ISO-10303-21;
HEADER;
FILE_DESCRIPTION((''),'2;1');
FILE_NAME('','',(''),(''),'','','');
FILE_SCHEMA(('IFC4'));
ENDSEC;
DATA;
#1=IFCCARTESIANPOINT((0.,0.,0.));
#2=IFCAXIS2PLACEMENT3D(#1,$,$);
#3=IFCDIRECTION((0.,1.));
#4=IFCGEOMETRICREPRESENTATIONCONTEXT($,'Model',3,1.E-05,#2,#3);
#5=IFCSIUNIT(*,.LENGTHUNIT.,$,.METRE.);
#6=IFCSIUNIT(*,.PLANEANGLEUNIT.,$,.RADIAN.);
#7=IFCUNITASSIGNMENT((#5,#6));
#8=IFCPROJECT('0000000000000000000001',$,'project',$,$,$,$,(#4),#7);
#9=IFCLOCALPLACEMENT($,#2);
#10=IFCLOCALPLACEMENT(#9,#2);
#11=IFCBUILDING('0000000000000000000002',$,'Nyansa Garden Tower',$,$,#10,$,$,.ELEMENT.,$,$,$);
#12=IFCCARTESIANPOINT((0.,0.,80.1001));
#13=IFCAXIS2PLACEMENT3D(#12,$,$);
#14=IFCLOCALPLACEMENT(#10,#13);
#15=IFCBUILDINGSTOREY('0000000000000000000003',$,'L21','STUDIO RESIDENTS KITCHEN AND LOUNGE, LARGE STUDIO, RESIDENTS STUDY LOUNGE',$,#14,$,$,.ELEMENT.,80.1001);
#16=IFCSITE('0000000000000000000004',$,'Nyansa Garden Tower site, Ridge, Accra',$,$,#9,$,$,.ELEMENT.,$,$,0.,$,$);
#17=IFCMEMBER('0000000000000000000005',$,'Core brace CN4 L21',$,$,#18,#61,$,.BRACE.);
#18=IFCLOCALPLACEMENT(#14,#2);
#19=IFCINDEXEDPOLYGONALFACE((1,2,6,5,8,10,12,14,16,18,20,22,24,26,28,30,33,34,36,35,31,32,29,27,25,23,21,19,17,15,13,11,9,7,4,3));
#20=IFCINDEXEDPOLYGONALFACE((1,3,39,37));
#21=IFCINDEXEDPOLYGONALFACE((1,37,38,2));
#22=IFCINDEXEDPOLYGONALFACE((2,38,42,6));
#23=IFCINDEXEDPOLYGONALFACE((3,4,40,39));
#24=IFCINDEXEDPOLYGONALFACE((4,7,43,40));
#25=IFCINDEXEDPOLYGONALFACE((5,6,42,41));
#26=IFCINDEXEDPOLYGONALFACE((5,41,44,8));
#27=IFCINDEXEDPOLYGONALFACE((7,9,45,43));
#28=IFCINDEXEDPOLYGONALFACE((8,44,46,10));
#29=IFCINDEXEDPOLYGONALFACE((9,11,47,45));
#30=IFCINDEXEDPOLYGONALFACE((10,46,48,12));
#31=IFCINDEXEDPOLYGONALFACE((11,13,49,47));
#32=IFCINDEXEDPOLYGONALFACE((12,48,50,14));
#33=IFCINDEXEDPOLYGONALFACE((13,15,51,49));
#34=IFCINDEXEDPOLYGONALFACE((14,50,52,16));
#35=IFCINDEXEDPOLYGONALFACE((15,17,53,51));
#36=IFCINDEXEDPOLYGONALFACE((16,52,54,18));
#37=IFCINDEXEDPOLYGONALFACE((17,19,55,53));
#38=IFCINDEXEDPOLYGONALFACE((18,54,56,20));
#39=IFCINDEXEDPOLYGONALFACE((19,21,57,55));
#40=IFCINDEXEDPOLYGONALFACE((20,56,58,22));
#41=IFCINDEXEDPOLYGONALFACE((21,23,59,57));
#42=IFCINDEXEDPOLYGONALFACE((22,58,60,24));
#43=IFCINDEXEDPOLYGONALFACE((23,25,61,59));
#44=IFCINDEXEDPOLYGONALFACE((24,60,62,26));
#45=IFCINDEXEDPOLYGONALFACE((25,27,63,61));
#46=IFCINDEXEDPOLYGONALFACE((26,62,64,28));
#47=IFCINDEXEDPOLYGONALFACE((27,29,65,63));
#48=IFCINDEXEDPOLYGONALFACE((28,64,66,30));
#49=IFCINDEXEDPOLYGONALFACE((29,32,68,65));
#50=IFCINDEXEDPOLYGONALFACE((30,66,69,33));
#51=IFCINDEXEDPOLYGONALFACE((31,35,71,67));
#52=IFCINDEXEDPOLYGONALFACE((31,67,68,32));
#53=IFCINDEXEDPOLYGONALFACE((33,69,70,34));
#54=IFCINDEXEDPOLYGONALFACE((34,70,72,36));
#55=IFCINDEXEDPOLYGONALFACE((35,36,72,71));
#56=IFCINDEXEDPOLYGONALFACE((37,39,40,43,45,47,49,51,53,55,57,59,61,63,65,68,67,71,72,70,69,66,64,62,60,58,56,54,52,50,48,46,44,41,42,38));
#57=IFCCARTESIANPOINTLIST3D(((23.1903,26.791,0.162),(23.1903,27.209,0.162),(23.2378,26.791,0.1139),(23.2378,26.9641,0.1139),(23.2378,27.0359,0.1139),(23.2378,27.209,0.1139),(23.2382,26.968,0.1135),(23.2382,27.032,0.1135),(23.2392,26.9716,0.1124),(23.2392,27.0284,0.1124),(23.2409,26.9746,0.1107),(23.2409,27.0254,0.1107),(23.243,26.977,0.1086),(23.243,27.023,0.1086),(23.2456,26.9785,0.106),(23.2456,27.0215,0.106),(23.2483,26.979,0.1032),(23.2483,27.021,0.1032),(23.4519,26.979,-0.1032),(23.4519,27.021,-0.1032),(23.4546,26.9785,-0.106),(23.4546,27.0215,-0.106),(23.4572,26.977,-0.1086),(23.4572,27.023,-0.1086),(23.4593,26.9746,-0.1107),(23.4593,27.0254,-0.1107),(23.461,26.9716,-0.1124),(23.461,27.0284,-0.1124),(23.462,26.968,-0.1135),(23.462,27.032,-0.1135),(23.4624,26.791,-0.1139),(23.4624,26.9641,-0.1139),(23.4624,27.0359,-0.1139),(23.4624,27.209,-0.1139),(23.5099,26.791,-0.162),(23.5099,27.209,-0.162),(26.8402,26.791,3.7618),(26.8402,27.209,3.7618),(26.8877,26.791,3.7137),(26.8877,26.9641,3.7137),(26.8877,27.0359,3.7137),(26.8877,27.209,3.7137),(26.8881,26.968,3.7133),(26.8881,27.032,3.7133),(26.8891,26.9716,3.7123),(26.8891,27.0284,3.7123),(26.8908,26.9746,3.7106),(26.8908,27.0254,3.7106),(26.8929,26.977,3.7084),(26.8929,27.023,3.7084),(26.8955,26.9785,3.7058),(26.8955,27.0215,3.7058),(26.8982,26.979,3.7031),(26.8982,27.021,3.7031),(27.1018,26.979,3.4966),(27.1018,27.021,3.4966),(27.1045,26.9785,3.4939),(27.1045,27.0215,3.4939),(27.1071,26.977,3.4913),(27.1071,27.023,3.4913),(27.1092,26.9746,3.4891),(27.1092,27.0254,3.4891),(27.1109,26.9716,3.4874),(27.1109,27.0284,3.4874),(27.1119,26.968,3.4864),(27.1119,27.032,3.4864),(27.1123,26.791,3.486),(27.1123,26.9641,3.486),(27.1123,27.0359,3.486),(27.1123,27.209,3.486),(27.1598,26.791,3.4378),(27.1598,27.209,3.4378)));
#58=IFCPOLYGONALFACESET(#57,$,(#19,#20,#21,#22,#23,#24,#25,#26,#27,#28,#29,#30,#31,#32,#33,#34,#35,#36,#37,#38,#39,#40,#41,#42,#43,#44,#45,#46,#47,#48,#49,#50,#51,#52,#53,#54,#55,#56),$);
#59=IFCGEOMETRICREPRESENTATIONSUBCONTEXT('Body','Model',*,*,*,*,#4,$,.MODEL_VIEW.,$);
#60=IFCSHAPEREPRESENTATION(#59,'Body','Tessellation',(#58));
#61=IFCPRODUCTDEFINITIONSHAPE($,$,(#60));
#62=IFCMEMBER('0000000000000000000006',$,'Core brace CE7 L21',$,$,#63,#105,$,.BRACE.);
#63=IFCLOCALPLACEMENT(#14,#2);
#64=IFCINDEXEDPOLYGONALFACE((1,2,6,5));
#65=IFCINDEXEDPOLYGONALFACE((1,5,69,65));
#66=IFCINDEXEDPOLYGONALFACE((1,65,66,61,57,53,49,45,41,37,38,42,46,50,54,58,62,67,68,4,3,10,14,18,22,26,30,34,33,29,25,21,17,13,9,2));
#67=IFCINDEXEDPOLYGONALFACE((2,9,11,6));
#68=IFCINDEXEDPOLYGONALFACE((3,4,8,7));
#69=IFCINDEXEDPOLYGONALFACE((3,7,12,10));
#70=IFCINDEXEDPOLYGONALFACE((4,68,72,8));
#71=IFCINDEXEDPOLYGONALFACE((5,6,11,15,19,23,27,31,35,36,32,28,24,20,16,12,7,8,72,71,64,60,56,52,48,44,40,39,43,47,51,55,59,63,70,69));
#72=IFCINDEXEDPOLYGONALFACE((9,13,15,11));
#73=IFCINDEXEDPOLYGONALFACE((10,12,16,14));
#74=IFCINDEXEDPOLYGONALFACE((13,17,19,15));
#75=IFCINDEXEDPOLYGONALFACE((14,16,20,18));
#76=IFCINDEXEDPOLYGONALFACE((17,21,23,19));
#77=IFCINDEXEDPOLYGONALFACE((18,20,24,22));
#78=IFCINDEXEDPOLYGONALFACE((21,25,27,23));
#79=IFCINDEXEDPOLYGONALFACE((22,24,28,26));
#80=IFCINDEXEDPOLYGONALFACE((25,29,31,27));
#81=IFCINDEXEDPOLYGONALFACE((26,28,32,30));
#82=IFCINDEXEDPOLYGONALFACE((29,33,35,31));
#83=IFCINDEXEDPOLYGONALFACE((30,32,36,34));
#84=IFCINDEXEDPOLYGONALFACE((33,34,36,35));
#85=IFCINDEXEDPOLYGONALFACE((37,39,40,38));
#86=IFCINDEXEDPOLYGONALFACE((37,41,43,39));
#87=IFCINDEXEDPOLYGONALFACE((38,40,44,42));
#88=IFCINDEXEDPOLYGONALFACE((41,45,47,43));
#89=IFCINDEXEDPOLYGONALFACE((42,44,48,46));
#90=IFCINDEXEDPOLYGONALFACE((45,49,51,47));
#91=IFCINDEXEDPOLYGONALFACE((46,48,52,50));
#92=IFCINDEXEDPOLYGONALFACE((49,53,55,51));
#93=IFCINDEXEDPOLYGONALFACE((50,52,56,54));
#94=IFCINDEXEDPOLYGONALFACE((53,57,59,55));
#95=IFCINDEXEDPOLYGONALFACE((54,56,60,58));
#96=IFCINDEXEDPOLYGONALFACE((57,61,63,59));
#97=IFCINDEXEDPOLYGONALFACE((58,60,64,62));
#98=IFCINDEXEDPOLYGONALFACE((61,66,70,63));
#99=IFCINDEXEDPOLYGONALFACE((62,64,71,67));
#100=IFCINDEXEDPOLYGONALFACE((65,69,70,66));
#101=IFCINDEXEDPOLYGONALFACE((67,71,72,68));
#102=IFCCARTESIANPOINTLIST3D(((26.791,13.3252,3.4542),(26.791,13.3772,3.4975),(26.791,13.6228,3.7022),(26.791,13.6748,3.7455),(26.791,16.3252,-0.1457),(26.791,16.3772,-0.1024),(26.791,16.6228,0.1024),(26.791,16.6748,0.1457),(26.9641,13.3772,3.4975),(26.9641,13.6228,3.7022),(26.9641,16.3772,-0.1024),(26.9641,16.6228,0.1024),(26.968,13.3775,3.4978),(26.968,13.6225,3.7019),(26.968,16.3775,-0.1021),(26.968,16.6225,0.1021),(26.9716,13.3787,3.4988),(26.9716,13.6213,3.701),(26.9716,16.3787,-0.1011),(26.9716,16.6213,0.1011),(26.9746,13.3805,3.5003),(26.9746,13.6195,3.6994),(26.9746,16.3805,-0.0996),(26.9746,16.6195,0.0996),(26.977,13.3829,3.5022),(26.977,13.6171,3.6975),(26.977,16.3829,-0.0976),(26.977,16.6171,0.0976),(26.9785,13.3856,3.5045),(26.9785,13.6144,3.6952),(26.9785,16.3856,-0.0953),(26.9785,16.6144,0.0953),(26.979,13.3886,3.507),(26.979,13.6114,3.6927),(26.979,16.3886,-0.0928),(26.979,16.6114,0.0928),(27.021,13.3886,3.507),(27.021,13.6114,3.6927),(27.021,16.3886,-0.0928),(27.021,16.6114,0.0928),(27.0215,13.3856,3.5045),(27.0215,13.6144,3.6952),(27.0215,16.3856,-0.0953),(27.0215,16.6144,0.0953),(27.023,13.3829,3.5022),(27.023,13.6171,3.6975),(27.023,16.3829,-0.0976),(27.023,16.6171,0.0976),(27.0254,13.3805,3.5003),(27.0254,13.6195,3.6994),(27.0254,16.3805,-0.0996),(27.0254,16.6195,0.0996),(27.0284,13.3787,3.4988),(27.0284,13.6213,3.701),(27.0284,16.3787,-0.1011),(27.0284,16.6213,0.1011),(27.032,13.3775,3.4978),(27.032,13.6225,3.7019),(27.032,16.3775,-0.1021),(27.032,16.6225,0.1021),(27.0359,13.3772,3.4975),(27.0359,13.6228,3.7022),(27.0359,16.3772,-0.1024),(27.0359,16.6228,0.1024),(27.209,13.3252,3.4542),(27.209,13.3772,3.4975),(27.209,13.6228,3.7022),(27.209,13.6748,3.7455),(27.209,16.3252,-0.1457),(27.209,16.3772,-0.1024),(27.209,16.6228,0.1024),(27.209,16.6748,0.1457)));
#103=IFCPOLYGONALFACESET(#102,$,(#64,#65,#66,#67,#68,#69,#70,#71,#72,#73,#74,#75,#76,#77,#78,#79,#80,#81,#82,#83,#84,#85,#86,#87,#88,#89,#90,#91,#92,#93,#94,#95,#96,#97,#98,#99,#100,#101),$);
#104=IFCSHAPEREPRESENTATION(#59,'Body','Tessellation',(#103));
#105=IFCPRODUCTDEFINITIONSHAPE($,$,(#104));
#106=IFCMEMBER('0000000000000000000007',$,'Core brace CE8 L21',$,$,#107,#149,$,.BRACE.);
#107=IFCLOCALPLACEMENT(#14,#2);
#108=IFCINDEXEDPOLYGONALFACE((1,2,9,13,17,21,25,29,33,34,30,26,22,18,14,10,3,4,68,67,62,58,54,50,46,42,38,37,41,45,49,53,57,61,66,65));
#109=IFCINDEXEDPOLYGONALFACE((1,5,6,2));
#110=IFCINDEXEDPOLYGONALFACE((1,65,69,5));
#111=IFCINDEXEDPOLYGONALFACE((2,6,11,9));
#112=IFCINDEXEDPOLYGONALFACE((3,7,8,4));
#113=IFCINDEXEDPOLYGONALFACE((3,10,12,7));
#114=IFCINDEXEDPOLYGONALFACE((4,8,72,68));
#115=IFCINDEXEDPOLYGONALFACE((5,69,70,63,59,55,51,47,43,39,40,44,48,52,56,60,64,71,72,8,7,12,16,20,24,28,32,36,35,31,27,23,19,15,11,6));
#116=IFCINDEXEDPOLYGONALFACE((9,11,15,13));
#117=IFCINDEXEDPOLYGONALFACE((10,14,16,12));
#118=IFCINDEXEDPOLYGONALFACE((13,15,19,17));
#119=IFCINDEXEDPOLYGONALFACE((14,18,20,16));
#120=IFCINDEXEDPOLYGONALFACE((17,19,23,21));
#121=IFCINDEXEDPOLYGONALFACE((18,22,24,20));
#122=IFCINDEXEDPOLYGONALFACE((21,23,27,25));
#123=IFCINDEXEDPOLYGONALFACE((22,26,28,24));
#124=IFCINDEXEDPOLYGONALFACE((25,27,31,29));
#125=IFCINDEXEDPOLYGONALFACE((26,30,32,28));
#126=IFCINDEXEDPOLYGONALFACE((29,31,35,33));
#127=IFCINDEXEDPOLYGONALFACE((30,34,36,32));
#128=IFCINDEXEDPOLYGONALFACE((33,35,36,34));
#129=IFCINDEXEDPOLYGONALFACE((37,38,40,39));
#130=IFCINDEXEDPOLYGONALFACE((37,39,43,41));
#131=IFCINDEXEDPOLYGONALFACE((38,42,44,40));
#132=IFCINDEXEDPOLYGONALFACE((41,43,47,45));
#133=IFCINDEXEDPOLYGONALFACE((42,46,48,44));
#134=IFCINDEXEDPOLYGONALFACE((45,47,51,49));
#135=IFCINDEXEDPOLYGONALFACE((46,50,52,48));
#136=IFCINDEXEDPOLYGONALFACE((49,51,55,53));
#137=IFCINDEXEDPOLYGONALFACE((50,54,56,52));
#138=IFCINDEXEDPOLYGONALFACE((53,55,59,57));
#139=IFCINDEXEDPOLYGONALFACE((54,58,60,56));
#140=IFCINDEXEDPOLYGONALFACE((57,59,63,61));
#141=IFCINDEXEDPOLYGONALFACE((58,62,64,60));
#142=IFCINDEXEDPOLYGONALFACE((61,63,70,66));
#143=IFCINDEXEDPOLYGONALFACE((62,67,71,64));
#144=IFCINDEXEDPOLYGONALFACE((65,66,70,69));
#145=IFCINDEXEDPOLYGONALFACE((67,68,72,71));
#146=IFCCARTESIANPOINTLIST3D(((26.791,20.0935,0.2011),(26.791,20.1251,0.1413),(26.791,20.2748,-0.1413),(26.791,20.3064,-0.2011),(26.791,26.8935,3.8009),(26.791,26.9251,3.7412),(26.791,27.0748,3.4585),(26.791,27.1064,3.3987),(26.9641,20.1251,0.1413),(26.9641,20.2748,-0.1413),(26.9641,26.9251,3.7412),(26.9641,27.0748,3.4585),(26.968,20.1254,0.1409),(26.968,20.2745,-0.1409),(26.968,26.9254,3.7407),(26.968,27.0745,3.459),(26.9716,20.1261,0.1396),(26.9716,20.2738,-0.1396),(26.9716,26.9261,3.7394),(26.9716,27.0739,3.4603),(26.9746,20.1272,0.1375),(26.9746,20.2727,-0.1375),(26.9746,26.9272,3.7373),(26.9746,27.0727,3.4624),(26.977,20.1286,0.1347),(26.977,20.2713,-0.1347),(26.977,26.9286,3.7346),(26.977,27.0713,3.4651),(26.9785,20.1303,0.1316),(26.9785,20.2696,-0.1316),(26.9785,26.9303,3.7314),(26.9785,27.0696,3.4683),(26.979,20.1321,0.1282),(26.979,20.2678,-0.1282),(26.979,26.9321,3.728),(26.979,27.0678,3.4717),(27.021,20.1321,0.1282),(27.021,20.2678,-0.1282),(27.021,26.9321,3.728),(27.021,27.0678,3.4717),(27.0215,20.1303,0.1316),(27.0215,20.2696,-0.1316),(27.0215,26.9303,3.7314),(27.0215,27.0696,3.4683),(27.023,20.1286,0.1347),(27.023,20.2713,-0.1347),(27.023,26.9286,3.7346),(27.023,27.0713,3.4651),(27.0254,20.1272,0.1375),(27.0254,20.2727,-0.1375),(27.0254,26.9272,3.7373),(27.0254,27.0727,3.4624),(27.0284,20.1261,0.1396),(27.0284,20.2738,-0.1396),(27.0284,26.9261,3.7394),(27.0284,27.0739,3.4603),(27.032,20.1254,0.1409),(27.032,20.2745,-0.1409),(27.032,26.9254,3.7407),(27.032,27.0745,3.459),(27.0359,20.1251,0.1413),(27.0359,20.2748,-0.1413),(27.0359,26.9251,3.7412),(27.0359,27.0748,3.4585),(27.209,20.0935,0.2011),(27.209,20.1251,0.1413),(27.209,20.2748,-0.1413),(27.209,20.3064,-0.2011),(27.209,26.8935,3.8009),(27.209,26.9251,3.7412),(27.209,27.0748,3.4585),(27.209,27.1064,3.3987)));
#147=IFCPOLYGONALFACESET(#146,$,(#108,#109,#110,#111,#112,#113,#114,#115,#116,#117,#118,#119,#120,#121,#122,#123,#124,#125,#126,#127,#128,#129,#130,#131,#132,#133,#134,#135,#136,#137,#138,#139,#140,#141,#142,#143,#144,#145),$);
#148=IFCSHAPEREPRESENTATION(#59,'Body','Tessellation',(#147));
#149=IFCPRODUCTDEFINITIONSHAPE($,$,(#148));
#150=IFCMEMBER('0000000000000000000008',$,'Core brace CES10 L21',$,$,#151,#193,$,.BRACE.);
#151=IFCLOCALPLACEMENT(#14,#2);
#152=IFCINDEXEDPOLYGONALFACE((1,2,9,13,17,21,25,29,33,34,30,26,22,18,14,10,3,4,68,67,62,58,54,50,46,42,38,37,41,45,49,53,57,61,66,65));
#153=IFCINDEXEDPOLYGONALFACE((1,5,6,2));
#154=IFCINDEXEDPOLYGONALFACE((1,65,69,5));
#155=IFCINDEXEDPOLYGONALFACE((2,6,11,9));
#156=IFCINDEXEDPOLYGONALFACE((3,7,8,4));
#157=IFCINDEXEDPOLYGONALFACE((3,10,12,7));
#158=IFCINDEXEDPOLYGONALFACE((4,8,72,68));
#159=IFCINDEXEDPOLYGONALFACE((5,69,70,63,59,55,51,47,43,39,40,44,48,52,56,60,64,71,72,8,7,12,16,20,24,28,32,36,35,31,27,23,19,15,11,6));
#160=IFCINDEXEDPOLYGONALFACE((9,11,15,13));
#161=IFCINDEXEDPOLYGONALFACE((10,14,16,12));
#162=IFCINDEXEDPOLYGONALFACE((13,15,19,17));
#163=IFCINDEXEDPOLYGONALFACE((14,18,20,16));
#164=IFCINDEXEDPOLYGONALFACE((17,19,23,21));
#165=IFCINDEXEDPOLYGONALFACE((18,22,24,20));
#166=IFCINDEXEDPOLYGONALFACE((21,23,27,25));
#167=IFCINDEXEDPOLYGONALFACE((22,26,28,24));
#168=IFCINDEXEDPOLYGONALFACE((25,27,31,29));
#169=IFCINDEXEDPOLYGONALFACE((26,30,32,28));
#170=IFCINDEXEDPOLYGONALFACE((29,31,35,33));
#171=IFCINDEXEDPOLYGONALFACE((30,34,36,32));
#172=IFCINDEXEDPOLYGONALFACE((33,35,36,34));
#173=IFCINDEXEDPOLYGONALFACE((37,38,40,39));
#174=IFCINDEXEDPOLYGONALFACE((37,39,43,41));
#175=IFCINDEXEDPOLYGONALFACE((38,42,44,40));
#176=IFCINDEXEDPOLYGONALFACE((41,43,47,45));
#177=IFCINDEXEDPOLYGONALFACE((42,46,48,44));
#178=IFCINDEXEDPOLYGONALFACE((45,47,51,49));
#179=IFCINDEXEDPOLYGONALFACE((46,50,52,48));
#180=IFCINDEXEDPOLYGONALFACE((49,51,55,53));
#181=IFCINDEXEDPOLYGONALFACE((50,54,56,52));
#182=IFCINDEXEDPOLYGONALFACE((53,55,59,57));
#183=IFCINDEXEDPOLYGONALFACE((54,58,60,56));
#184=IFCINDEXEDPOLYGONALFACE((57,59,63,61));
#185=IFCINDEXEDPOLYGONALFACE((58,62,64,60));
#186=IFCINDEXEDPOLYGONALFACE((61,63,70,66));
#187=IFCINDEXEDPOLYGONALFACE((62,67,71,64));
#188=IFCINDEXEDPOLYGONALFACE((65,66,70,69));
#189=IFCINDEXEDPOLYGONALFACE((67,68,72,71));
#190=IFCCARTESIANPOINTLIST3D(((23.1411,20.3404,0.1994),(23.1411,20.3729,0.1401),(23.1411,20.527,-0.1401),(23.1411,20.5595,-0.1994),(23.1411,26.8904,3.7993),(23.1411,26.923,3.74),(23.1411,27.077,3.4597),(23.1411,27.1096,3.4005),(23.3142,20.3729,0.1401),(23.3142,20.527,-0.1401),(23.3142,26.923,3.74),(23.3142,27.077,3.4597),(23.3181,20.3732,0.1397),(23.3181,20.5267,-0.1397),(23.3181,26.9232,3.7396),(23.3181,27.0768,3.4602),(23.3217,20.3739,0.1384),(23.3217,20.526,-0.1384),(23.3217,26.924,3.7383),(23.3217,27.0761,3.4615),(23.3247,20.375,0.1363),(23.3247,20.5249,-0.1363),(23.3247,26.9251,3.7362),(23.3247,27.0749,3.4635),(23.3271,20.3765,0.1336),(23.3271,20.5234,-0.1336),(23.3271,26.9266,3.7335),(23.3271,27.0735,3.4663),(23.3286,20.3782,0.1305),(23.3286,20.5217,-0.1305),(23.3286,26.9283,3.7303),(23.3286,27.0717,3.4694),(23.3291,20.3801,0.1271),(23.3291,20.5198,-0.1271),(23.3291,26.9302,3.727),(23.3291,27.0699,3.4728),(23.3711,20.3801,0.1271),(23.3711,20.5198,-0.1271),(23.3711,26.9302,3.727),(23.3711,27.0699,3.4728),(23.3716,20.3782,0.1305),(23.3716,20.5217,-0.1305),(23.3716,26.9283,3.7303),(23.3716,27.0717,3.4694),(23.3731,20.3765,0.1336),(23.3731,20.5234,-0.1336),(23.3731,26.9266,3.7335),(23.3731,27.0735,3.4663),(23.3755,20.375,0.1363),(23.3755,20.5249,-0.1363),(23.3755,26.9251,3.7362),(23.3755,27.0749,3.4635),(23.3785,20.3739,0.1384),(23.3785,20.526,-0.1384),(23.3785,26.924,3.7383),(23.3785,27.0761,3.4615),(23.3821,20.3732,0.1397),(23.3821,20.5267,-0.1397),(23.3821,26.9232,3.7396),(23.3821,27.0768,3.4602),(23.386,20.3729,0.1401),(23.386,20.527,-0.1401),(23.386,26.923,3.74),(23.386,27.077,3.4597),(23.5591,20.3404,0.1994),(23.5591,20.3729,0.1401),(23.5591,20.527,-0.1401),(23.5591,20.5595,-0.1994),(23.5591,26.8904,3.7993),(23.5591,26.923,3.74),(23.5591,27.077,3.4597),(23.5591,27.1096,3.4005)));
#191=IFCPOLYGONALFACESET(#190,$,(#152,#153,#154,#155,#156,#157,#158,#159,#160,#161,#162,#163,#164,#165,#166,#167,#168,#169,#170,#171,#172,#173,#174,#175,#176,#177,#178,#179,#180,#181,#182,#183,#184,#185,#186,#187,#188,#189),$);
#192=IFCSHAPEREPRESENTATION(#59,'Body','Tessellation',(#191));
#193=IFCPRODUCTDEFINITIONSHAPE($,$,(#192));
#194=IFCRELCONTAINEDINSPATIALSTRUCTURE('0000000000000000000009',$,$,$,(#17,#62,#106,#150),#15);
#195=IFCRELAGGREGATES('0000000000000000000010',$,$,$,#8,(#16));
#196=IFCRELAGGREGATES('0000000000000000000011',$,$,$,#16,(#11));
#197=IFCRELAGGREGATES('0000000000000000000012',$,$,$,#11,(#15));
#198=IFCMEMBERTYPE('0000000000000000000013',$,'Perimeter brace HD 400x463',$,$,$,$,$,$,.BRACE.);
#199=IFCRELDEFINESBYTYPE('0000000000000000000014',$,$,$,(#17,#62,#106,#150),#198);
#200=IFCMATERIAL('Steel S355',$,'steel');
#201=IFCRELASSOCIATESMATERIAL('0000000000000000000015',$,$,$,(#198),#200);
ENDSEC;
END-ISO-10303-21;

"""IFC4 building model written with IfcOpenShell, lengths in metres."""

from ifc_helpers import new_model, si_unit, direction, frame, origin, origin_2d, place, context, subcontext, project, spatial, i_section, extrude, material, material_profile, profile_set, type_object, element, save


model = new_model("IFC4")

# Units and contexts
model_context = context("Model", 3, precision=1e-05, world=origin(), true_north=direction((0.0, 1.0)))
body_context = subcontext(model_context, "Body", "Model", "MODEL_VIEW")
ifc_project = project(units=[si_unit("LENGTHUNIT", "METRE"), si_unit("PLANEANGLEUNIT", "RADIAN")], contexts=[model_context])

# Site, building, storey
site_placement = place(None, origin())
site = spatial("IfcSite", under=ifc_project, at=site_placement, Name="Nyansa Garden Tower site, Ridge, Accra", CompositionType="ELEMENT", RefElevation=0.0)
building_placement = place(site_placement, origin())
building = spatial("IfcBuilding", under=site, at=building_placement, Name="Nyansa Garden Tower", CompositionType="ELEMENT")
storey_placement = place(building_placement, frame((0.0, 0.0, 80.1001)))
storey = spatial("IfcBuildingStorey", under=building, at=storey_placement, Name="L21", Description="STUDIO RESIDENTS KITCHEN AND LOUNGE, LARGE STUDIO, RESIDENTS STUDY LOUNGE", CompositionType="ELEMENT", Elevation=80.1001)

# Members
ifc_material_1 = material(Name="Steel S355", Category="steel")
ifc_material_profile_1 = material_profile(ifc_material_1, i_section(OverallWidth=0.418, OverallDepth=0.4551, WebThickness=0.042, FlangeThickness=0.0676, FilletRadius=0.0149, at=origin_2d()), Name="HD 400x463")
ifc_profile_set_1 = profile_set([ifc_material_profile_1], Name="Steel S355")
member_type = type_object("IfcMemberType", Name="Perimeter brace HD 400x463", PredefinedType="BRACE", material=ifc_profile_set_1)
member_1_placement = place(storey_placement, frame((23.3501, 27.0, 0.0), z_axis=(0.711971, 0.0, 0.702209), x_axis=(0.0, 1.0, 0.0)))
element("IfcMember", 1, at=member_1_placement, inside=storey, type_object=member_type, Name="Core brace CN4 L21", PredefinedType="BRACE", context=body_context, shape_type="SweptSolid", body=[
    extrude(i_section(OverallWidth=0.418, OverallDepth=0.4551, WebThickness=0.042, FlangeThickness=0.0676, FilletRadius=0.0149, at=origin_2d()), origin(), (0.0, 0.0, 1.0), 5.1265),
])
member_2_placement = place(storey_placement, frame((27.0, 16.5, 0.0), z_axis=(0.0, -0.6402, 0.768208), x_axis=(1.0, 0.0, 0.0)))
element("IfcMember", 2, at=member_2_placement, inside=storey, type_object=member_type, Name="Core brace CE7 L21", PredefinedType="BRACE", context=body_context, shape_type="SweptSolid", body=[
    extrude(i_section(OverallWidth=0.418, OverallDepth=0.4551, WebThickness=0.042, FlangeThickness=0.0676, FilletRadius=0.0149, at=origin_2d()), origin(), (0.0, 0.0, 1.0), 4.686),
])
member_3_placement = place(storey_placement, frame((27.0, 20.2, 0.0), z_axis=(0.0, 0.883797, 0.46787), x_axis=(-1.0, 0.0, 0.0)))
element("IfcMember", 3, at=member_3_placement, inside=storey, type_object=member_type, Name="Core brace CE8 L21", PredefinedType="BRACE", context=body_context, shape_type="SweptSolid", body=[
    extrude(i_section(OverallWidth=0.418, OverallDepth=0.4551, WebThickness=0.042, FlangeThickness=0.0676, FilletRadius=0.0149, at=origin_2d()), origin(), (0.0, 0.0, 1.0), 7.6941),
])
member_4_placement = place(storey_placement, frame((23.3501, 20.45, 0.0), z_axis=(0.0, 0.876367, 0.481644), x_axis=(-1.0, 0.0, 0.0)))
element("IfcMember", 4, at=member_4_placement, inside=storey, type_object=member_type, Name="Core brace CES10 L21", PredefinedType="BRACE", context=body_context, shape_type="SweptSolid", body=[
    extrude(i_section(OverallWidth=0.418, OverallDepth=0.4551, WebThickness=0.042, FlangeThickness=0.0676, FilletRadius=0.0149, at=origin_2d()), origin(), (0.0, 0.0, 1.0), 7.4741),
])

save(model, "model.ifc")
